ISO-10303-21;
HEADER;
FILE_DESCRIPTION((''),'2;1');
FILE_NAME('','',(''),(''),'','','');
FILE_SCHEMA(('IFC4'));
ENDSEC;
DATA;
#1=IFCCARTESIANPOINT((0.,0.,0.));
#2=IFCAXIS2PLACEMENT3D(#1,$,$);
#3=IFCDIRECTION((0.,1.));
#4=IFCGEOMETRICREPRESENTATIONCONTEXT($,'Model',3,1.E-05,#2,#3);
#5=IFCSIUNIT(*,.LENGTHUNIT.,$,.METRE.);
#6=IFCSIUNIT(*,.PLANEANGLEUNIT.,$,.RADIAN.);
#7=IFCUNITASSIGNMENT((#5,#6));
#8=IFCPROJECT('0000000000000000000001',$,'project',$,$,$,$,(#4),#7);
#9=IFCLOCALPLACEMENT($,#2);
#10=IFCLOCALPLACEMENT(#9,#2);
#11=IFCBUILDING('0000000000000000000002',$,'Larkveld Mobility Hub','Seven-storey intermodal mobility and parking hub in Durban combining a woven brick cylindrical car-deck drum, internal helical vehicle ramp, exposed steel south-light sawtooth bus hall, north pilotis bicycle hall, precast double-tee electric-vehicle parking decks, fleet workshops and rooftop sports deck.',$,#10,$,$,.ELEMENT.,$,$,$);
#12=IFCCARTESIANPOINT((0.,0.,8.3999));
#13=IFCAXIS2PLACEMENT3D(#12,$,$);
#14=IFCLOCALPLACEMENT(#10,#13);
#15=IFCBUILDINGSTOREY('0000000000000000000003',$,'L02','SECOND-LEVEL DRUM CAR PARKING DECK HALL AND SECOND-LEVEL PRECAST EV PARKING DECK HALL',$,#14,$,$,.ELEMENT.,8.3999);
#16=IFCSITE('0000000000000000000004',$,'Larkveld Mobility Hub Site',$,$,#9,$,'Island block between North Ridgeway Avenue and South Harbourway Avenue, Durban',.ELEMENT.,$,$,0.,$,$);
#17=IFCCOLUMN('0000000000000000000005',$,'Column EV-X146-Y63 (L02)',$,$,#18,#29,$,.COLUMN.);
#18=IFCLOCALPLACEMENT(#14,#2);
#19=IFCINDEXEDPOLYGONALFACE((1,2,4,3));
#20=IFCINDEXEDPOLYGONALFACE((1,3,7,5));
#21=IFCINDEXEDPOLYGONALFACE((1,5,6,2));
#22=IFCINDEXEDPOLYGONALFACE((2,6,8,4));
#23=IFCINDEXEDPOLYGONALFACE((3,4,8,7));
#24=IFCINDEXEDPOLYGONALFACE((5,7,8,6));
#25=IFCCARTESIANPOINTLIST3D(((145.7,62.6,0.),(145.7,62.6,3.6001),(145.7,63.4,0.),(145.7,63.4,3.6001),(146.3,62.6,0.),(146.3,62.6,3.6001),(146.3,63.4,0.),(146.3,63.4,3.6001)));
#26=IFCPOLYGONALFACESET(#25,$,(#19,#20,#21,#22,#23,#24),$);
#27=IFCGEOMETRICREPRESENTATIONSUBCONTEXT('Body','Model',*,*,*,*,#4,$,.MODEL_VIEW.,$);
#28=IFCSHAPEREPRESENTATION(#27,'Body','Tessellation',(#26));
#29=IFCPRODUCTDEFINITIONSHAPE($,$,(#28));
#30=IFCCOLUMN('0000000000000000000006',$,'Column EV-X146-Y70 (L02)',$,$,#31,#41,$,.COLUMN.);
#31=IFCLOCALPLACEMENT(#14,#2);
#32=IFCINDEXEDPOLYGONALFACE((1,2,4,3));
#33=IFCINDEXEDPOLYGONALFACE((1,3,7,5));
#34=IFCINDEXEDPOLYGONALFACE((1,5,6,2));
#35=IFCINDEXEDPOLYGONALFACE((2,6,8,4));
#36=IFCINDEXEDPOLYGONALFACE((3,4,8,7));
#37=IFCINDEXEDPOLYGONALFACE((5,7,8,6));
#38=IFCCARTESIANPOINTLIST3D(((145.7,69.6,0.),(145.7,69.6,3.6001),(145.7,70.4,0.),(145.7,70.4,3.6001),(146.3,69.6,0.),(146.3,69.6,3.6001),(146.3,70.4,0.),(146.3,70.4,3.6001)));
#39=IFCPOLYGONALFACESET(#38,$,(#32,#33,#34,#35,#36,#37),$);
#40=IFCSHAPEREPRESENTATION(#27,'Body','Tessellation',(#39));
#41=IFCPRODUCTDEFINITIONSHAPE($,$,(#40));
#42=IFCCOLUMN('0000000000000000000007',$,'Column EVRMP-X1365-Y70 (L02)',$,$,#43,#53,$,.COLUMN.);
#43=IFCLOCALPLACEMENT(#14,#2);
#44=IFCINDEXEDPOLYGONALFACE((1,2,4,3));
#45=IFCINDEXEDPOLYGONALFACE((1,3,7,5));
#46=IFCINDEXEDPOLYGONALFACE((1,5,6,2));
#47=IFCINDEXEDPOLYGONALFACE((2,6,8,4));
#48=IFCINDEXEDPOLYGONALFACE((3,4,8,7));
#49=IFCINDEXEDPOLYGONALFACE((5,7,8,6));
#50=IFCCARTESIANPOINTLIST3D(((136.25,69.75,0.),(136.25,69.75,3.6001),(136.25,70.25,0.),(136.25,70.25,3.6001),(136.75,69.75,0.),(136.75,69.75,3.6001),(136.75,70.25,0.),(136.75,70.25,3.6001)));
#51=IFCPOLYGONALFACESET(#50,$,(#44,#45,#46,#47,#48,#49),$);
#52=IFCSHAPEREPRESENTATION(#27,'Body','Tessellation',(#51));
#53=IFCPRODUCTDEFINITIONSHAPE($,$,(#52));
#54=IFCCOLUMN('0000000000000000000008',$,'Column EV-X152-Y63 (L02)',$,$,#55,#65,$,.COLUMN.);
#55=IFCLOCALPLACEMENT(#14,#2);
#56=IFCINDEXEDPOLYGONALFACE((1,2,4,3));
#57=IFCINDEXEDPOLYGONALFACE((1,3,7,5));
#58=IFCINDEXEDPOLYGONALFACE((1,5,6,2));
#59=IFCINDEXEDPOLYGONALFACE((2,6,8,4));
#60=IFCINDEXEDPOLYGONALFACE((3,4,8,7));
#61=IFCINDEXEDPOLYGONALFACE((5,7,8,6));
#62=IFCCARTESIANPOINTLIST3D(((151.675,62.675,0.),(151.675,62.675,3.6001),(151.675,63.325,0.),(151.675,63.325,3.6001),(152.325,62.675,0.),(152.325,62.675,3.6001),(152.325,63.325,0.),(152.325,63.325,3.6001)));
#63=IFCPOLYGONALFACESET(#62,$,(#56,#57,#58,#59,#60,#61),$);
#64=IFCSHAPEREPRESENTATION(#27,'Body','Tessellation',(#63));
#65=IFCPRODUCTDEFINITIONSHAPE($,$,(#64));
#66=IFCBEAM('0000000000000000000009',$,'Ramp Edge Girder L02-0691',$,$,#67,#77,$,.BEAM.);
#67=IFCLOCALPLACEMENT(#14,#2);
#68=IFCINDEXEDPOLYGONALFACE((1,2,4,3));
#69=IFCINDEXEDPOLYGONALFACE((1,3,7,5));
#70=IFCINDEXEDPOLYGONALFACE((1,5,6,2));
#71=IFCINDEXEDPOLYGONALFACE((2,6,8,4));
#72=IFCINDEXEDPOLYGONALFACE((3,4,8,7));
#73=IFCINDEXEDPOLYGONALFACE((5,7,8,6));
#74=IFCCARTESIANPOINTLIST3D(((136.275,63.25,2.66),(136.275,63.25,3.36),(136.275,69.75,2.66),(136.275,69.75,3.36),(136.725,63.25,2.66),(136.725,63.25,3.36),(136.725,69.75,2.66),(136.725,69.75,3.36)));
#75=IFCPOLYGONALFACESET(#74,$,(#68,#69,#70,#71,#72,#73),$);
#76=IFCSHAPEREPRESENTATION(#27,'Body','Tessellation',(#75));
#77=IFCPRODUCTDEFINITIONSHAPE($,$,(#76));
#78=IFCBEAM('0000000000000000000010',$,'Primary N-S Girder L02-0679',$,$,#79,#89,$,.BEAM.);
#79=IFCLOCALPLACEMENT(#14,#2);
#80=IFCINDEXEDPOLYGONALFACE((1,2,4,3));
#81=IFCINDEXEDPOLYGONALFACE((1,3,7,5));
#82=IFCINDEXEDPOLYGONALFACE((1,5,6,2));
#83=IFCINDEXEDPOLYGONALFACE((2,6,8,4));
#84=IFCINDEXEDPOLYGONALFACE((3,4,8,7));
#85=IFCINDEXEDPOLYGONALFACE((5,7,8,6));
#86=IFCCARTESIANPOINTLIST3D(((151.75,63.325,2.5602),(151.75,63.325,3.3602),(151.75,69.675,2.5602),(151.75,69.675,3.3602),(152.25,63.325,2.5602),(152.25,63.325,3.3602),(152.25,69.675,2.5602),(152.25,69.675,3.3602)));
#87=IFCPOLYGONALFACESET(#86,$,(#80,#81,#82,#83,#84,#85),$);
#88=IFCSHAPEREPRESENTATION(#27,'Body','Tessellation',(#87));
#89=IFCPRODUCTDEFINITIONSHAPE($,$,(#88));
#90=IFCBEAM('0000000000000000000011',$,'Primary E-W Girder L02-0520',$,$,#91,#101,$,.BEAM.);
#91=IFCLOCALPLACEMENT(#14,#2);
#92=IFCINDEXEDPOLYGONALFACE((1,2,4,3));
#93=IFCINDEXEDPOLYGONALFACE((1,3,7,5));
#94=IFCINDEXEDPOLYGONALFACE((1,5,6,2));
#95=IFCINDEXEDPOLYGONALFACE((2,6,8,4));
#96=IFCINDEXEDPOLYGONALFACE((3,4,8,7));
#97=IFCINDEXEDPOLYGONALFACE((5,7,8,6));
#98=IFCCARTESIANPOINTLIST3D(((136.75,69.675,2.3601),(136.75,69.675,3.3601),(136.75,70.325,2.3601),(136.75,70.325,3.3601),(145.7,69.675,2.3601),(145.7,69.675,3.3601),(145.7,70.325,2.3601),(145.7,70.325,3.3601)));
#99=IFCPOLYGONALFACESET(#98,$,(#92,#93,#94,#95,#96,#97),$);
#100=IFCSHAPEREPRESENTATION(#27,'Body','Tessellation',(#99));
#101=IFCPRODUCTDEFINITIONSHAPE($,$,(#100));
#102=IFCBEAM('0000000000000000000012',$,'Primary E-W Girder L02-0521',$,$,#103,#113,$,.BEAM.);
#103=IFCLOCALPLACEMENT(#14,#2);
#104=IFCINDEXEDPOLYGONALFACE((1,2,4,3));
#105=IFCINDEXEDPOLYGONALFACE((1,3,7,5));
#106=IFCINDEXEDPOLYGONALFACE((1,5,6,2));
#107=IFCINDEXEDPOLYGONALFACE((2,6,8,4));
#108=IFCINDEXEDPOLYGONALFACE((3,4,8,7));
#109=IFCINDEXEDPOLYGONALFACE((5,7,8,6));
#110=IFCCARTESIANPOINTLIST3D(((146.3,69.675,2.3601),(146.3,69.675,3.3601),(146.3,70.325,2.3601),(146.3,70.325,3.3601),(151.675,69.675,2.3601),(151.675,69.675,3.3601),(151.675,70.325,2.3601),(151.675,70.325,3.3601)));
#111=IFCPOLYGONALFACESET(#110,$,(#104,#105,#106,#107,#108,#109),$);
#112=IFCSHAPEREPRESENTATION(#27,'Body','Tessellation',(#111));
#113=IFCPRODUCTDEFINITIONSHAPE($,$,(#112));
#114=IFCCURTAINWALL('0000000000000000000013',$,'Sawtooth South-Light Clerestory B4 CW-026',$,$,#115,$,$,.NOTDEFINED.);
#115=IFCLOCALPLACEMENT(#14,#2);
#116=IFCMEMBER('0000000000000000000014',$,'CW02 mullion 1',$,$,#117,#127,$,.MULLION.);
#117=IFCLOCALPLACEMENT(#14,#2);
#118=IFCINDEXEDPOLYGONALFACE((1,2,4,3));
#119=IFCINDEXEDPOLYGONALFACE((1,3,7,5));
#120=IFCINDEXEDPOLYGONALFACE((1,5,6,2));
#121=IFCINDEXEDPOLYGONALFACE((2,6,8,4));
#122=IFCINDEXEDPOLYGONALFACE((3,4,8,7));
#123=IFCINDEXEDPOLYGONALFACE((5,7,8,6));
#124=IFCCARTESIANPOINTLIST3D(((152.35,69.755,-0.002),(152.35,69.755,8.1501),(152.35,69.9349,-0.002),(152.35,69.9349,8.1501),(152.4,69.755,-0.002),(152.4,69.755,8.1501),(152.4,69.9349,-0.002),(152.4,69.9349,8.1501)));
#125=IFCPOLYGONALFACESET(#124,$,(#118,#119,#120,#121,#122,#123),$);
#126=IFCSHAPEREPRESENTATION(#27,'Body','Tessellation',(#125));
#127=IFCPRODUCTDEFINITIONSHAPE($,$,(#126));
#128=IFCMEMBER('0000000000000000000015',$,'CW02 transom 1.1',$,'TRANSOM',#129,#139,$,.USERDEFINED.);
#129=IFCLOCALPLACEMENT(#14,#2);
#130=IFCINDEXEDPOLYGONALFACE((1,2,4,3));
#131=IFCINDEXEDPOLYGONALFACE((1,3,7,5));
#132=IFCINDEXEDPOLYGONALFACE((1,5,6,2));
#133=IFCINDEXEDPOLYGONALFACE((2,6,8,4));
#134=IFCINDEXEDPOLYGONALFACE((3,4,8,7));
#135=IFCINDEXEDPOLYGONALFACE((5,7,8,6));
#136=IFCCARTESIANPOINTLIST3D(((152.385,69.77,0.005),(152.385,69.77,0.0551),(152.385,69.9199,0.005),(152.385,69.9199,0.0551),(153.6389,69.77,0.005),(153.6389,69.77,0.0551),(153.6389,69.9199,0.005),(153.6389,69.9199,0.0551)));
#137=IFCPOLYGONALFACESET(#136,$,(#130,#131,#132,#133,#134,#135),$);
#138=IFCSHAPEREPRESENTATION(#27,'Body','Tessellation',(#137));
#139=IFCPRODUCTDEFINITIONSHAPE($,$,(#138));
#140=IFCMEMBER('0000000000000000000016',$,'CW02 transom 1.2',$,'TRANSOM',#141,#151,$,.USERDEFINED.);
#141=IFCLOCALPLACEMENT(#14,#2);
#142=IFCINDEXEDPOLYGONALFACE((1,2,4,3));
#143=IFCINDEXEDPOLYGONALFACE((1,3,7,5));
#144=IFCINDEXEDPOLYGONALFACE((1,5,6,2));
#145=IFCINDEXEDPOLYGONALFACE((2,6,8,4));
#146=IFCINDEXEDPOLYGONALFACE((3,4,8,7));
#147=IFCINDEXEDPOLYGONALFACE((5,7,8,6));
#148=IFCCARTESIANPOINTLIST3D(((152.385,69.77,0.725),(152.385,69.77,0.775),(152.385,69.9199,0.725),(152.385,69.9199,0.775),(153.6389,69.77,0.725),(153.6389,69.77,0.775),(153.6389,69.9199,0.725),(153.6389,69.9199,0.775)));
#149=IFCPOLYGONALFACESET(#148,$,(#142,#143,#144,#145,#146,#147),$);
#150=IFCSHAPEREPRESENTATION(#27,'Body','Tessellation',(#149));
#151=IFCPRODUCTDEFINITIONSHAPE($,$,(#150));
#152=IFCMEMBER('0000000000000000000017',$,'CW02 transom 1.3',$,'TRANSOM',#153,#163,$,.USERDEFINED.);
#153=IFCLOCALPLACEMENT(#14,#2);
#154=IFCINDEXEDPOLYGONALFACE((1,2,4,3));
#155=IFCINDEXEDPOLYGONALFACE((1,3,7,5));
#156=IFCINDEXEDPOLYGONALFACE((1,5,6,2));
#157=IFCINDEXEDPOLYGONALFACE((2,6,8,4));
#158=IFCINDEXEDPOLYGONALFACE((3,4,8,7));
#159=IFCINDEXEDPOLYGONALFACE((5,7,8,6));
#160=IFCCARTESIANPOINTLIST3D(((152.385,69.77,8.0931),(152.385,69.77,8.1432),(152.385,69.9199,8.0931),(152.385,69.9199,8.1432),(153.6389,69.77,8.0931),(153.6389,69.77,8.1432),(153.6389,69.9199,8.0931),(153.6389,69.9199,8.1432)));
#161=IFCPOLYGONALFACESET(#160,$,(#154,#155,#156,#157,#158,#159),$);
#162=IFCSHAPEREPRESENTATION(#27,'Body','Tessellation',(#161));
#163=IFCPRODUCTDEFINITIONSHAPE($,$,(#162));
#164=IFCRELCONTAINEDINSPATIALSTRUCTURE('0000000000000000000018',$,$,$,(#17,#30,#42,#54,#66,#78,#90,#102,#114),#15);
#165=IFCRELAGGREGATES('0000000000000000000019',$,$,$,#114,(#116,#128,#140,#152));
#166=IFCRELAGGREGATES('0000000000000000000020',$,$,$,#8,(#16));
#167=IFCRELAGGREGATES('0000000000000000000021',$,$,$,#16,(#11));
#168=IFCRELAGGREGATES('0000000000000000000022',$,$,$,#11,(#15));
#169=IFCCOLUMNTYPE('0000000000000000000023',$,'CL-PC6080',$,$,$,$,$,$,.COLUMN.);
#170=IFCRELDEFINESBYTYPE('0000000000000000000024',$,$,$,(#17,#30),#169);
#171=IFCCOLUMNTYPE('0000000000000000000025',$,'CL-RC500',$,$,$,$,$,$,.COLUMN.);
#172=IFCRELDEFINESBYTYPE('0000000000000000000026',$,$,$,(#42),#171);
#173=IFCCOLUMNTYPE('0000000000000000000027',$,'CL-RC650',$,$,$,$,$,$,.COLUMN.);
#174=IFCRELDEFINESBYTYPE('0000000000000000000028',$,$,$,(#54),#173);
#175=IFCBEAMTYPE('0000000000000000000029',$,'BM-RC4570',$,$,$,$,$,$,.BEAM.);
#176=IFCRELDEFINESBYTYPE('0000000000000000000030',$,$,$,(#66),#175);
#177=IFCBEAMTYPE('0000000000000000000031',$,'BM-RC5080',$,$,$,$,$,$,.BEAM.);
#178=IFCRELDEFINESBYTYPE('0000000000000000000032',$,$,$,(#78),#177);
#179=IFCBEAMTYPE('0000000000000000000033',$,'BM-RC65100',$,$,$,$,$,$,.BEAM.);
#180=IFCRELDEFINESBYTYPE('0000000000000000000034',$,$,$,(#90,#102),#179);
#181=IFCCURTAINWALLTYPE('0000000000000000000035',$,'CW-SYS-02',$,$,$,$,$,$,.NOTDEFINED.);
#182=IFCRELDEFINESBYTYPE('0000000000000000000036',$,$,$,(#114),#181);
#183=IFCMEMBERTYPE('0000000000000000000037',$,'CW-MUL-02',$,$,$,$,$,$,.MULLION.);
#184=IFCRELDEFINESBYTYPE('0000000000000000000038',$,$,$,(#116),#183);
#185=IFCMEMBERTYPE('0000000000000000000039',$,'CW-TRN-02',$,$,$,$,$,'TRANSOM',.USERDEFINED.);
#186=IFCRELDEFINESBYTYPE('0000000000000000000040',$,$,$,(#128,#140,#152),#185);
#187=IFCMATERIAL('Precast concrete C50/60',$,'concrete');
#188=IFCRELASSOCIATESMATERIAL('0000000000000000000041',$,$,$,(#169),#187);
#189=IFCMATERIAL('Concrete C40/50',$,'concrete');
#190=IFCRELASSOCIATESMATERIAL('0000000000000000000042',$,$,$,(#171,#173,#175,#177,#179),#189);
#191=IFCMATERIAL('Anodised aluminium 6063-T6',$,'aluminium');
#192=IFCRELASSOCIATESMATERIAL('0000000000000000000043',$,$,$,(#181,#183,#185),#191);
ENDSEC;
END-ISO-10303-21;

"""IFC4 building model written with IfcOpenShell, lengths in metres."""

from ifc_helpers import new_model, si_unit, direction, frame, origin, origin_2d, place, context, subcontext, project, spatial, rectangle, extrude, material, material_profile, profile_set, type_object, element, aggregate, save


model = new_model("IFC4")

# Units and contexts
model_context = context("Model", 3, precision=1e-05, world=origin(), true_north=direction((0.0, 1.0)))
body_context = subcontext(model_context, "Body", "Model", "MODEL_VIEW")
ifc_project = project(units=[si_unit("LENGTHUNIT", "METRE"), si_unit("PLANEANGLEUNIT", "RADIAN")], contexts=[model_context])

# Site, building, storey
site_placement = place(None, origin())
site = spatial("IfcSite", under=ifc_project, at=site_placement, Name="Larkveld Mobility Hub Site", LongName="Island block between North Ridgeway Avenue and South Harbourway Avenue, Durban", CompositionType="ELEMENT", RefElevation=0.0)
building_placement = place(site_placement, origin())
building = spatial("IfcBuilding", under=site, at=building_placement, Name="Larkveld Mobility Hub", Description="Seven-storey intermodal mobility and parking hub in Durban combining a woven brick cylindrical car-deck drum, internal helical vehicle ramp, exposed steel south-light sawtooth bus hall, north pilotis bicycle hall, precast double-tee electric-vehicle parking decks, fleet workshops and rooftop sports deck.", CompositionType="ELEMENT")
storey_placement = place(building_placement, frame((0.0, 0.0, 8.3999)))
storey = spatial("IfcBuildingStorey", under=building, at=storey_placement, Name="L02", Description="SECOND-LEVEL DRUM CAR PARKING DECK HALL AND SECOND-LEVEL PRECAST EV PARKING DECK HALL", CompositionType="ELEMENT", Elevation=8.3999)

# Columns
ifc_material_1 = material(Name="Precast concrete C50/60", Category="concrete")
ifc_material_profile_1 = material_profile(ifc_material_1, rectangle(XDim=0.6001, YDim=0.8, at=origin_2d()), Name="RC COL 600x800")
ifc_profile_set_1 = profile_set([ifc_material_profile_1], Name="Precast concrete C50/60")
column_type_1 = type_object("IfcColumnType", Name="CL-PC6080", PredefinedType="COLUMN", material=ifc_profile_set_1)
for number, where, z_axis, x_axis, name in (
    (1, (146.0, 63.0, 0.0), (0.0, 0.0, 1.0), (1.0, 0.0, 0.0), "Column EV-X146-Y63 (L02)"),
    (2, (146.0, 70.0, 0.0), (0.0, 0.0, 1.0), (1.0, 0.0, 0.0), "Column EV-X146-Y70 (L02)"),
):
    element("IfcColumn", number, at=place(storey_placement, frame(where, z_axis=z_axis, x_axis=x_axis)), inside=storey, type_object=column_type_1, Name=name, PredefinedType="COLUMN", context=body_context, shape_type="SweptSolid", body=[
        extrude(rectangle(XDim=0.6001, YDim=0.8, at=origin_2d()), origin(), (0.0, 0.0, 1.0), 3.6001),
    ])
ifc_material_2 = material(Name="Concrete C40/50", Category="concrete")
ifc_material_profile_2 = material_profile(ifc_material_2, rectangle(XDim=0.5, YDim=0.5, at=origin_2d()), Name="RC COL 500x500")
ifc_profile_set_2 = profile_set([ifc_material_profile_2], Name="Concrete C40/50")
column_type_2 = type_object("IfcColumnType", Name="CL-RC500", PredefinedType="COLUMN", material=ifc_profile_set_2)
column_1_placement = place(storey_placement, frame((136.5, 70.0, 0.0), z_axis=(0.0, 0.0, 1.0), x_axis=(1.0, 0.0, 0.0)))
element("IfcColumn", 3, at=column_1_placement, inside=storey, type_object=column_type_2, Name="Column EVRMP-X1365-Y70 (L02)", PredefinedType="COLUMN", context=body_context, shape_type="SweptSolid", body=[
    extrude(rectangle(XDim=0.5, YDim=0.5, at=origin_2d()), origin(), (0.0, 0.0, 1.0), 3.6001),
])
ifc_material_profile_3 = material_profile(ifc_material_2, rectangle(XDim=0.6499, YDim=0.6499, at=origin_2d()), Name="RC COL 650x650")
ifc_profile_set_3 = profile_set([ifc_material_profile_3], Name="Concrete C40/50")
column_type_3 = type_object("IfcColumnType", Name="CL-RC650", PredefinedType="COLUMN", material=ifc_profile_set_3)
column_2_placement = place(storey_placement, frame((152.0, 63.0, 0.0), z_axis=(0.0, 0.0, 1.0), x_axis=(1.0, 0.0, 0.0)))
element("IfcColumn", 4, at=column_2_placement, inside=storey, type_object=column_type_3, Name="Column EV-X152-Y63 (L02)", PredefinedType="COLUMN", context=body_context, shape_type="SweptSolid", body=[
    extrude(rectangle(XDim=0.6499, YDim=0.6499, at=origin_2d()), origin(), (0.0, 0.0, 1.0), 3.6001),
])

# Beams
ifc_material_profile_4 = material_profile(ifc_material_2, rectangle(XDim=0.45, YDim=0.7, at=origin_2d()), Name="RC BM 450x700")
ifc_profile_set_4 = profile_set([ifc_material_profile_4], Name="Concrete C40/50")
beam_type_1 = type_object("IfcBeamType", Name="BM-RC4570", PredefinedType="BEAM", material=ifc_profile_set_4)
beam_1_placement = place(storey_placement, frame((136.5, 63.25, 3.01), z_axis=(0.0, 1.0, 0.0), x_axis=(-1.0, 0.0, 0.0)))
element("IfcBeam", 5, at=beam_1_placement, inside=storey, type_object=beam_type_1, Name="Ramp Edge Girder L02-0691", PredefinedType="BEAM", context=body_context, shape_type="SweptSolid", body=[
    extrude(rectangle(XDim=0.45, YDim=0.7, at=origin_2d()), origin(), (0.0, 0.0, 1.0), 6.5),
])
ifc_material_profile_5 = material_profile(ifc_material_2, rectangle(XDim=0.5, YDim=0.8, at=origin_2d()), Name="RC BM 500x800")
ifc_profile_set_5 = profile_set([ifc_material_profile_5], Name="Concrete C40/50")
beam_type_2 = type_object("IfcBeamType", Name="BM-RC5080", PredefinedType="BEAM", material=ifc_profile_set_5)
beam_2_placement = place(storey_placement, frame((152.0, 63.325, 2.9602), z_axis=(0.0, 1.0, 0.0), x_axis=(-1.0, 0.0, 0.0)))
element("IfcBeam", 6, at=beam_2_placement, inside=storey, type_object=beam_type_2, Name="Primary N-S Girder L02-0679", PredefinedType="BEAM", context=body_context, shape_type="SweptSolid", body=[
    extrude(rectangle(XDim=0.5, YDim=0.8, at=origin_2d()), origin(), (0.0, 0.0, 1.0), 6.3501),
])
ifc_material_profile_6 = material_profile(ifc_material_2, rectangle(XDim=0.6499, YDim=1.0, at=origin_2d()), Name="RC BM 650x1000")
ifc_profile_set_6 = profile_set([ifc_material_profile_6], Name="Concrete C40/50")
beam_type_3 = type_object("IfcBeamType", Name="BM-RC65100", PredefinedType="BEAM", material=ifc_profile_set_6)
beam_3_placement = place(storey_placement, frame((136.75, 70.0, 2.8601), z_axis=(1.0, 0.0, 0.0), x_axis=(0.0, 1.0, 0.0)))
element("IfcBeam", 7, at=beam_3_placement, inside=storey, type_object=beam_type_3, Name="Primary E-W Girder L02-0520", PredefinedType="BEAM", context=body_context, shape_type="SweptSolid", body=[
    extrude(rectangle(XDim=0.6499, YDim=1.0, at=origin_2d()), origin(), (0.0, 0.0, 1.0), 8.95),
])
beam_4_placement = place(storey_placement, frame((146.3, 70.0, 2.8601), z_axis=(1.0, 0.0, 0.0), x_axis=(0.0, 1.0, 0.0)))
element("IfcBeam", 8, at=beam_4_placement, inside=storey, type_object=beam_type_3, Name="Primary E-W Girder L02-0521", PredefinedType="BEAM", context=body_context, shape_type="SweptSolid", body=[
    extrude(rectangle(XDim=0.6499, YDim=1.0, at=origin_2d()), origin(), (0.0, 0.0, 1.0), 5.375),
])

# Curtain wall, members
ifc_material_3 = material(Name="Anodised aluminium 6063-T6", Category="aluminium")
curtain_wall_type = type_object("IfcCurtainWallType", Name="CW-SYS-02", PredefinedType="NOTDEFINED", material=ifc_material_3)
curtain_wall_placement = place(storey_placement, origin())
curtain_wall = element("IfcCurtainWall", 9, at=curtain_wall_placement, inside=storey, type_object=curtain_wall_type, Name="Sawtooth South-Light Clerestory B4 CW-026", PredefinedType="NOTDEFINED")
ifc_material_profile_7 = material_profile(ifc_material_3, rectangle(XDim=0.05, YDim=0.1799, at=origin_2d()), Name="ALU MULL 50x180")
ifc_profile_set_7 = profile_set([ifc_material_profile_7], Name="Anodised aluminium 6063-T6")
member_type_1 = type_object("IfcMemberType", Name="CW-MUL-02", PredefinedType="MULLION", material=ifc_profile_set_7)
member_1_placement = place(storey_placement, frame((152.375, 69.845, -0.002), z_axis=(0.0, 0.0, 1.0), x_axis=(1.0, 0.0, 0.0)))
member_1 = element("IfcMember", 10, at=member_1_placement, type_object=member_type_1, Name="CW02 mullion 1", PredefinedType="MULLION", context=body_context, shape_type="SweptSolid", body=[
    extrude(rectangle(XDim=0.05, YDim=0.1799, at=origin_2d()), origin(), (0.0, 0.0, 1.0), 8.1521),
])
ifc_material_profile_8 = material_profile(ifc_material_3, rectangle(XDim=0.1499, YDim=0.05, at=origin_2d()), Name="ALU TRAN 50x150")
ifc_profile_set_8 = profile_set([ifc_material_profile_8], Name="Anodised aluminium 6063-T6")
member_type_2 = type_object("IfcMemberType", Name="CW-TRN-02", ElementType="TRANSOM", PredefinedType="USERDEFINED", material=ifc_profile_set_8)
member_2_placement = place(storey_placement, frame((152.385, 69.845, 0.03), z_axis=(1.0, 0.0, 0.0), x_axis=(0.0, 1.0, 0.0)))
member_2 = element("IfcMember", 11, at=member_2_placement, type_object=member_type_2, Name="CW02 transom 1.1", ObjectType="TRANSOM", PredefinedType="USERDEFINED", context=body_context, shape_type="SweptSolid", body=[
    extrude(rectangle(XDim=0.1499, YDim=0.05, at=origin_2d()), origin(), (0.0, 0.0, 1.0), 1.2539),
])
member_3_placement = place(storey_placement, frame((152.385, 69.845, 0.75), z_axis=(1.0, 0.0, 0.0), x_axis=(0.0, 1.0, 0.0)))
member_3 = element("IfcMember", 12, at=member_3_placement, type_object=member_type_2, Name="CW02 transom 1.2", ObjectType="TRANSOM", PredefinedType="USERDEFINED", context=body_context, shape_type="SweptSolid", body=[
    extrude(rectangle(XDim=0.1499, YDim=0.05, at=origin_2d()), origin(), (0.0, 0.0, 1.0), 1.2539),
])
member_4_placement = place(storey_placement, frame((152.385, 69.845, 8.1182), z_axis=(1.0, 0.0, 0.0), x_axis=(0.0, 1.0, 0.0)))
member_4 = element("IfcMember", 13, at=member_4_placement, type_object=member_type_2, Name="CW02 transom 1.3", ObjectType="TRANSOM", PredefinedType="USERDEFINED", context=body_context, shape_type="SweptSolid", body=[
    extrude(rectangle(XDim=0.1499, YDim=0.05, at=origin_2d()), origin(), (0.0, 0.0, 1.0), 1.2539),
])
aggregate(curtain_wall, [member_1, member_2, member_3, member_4])

save(model, "model.ifc")
